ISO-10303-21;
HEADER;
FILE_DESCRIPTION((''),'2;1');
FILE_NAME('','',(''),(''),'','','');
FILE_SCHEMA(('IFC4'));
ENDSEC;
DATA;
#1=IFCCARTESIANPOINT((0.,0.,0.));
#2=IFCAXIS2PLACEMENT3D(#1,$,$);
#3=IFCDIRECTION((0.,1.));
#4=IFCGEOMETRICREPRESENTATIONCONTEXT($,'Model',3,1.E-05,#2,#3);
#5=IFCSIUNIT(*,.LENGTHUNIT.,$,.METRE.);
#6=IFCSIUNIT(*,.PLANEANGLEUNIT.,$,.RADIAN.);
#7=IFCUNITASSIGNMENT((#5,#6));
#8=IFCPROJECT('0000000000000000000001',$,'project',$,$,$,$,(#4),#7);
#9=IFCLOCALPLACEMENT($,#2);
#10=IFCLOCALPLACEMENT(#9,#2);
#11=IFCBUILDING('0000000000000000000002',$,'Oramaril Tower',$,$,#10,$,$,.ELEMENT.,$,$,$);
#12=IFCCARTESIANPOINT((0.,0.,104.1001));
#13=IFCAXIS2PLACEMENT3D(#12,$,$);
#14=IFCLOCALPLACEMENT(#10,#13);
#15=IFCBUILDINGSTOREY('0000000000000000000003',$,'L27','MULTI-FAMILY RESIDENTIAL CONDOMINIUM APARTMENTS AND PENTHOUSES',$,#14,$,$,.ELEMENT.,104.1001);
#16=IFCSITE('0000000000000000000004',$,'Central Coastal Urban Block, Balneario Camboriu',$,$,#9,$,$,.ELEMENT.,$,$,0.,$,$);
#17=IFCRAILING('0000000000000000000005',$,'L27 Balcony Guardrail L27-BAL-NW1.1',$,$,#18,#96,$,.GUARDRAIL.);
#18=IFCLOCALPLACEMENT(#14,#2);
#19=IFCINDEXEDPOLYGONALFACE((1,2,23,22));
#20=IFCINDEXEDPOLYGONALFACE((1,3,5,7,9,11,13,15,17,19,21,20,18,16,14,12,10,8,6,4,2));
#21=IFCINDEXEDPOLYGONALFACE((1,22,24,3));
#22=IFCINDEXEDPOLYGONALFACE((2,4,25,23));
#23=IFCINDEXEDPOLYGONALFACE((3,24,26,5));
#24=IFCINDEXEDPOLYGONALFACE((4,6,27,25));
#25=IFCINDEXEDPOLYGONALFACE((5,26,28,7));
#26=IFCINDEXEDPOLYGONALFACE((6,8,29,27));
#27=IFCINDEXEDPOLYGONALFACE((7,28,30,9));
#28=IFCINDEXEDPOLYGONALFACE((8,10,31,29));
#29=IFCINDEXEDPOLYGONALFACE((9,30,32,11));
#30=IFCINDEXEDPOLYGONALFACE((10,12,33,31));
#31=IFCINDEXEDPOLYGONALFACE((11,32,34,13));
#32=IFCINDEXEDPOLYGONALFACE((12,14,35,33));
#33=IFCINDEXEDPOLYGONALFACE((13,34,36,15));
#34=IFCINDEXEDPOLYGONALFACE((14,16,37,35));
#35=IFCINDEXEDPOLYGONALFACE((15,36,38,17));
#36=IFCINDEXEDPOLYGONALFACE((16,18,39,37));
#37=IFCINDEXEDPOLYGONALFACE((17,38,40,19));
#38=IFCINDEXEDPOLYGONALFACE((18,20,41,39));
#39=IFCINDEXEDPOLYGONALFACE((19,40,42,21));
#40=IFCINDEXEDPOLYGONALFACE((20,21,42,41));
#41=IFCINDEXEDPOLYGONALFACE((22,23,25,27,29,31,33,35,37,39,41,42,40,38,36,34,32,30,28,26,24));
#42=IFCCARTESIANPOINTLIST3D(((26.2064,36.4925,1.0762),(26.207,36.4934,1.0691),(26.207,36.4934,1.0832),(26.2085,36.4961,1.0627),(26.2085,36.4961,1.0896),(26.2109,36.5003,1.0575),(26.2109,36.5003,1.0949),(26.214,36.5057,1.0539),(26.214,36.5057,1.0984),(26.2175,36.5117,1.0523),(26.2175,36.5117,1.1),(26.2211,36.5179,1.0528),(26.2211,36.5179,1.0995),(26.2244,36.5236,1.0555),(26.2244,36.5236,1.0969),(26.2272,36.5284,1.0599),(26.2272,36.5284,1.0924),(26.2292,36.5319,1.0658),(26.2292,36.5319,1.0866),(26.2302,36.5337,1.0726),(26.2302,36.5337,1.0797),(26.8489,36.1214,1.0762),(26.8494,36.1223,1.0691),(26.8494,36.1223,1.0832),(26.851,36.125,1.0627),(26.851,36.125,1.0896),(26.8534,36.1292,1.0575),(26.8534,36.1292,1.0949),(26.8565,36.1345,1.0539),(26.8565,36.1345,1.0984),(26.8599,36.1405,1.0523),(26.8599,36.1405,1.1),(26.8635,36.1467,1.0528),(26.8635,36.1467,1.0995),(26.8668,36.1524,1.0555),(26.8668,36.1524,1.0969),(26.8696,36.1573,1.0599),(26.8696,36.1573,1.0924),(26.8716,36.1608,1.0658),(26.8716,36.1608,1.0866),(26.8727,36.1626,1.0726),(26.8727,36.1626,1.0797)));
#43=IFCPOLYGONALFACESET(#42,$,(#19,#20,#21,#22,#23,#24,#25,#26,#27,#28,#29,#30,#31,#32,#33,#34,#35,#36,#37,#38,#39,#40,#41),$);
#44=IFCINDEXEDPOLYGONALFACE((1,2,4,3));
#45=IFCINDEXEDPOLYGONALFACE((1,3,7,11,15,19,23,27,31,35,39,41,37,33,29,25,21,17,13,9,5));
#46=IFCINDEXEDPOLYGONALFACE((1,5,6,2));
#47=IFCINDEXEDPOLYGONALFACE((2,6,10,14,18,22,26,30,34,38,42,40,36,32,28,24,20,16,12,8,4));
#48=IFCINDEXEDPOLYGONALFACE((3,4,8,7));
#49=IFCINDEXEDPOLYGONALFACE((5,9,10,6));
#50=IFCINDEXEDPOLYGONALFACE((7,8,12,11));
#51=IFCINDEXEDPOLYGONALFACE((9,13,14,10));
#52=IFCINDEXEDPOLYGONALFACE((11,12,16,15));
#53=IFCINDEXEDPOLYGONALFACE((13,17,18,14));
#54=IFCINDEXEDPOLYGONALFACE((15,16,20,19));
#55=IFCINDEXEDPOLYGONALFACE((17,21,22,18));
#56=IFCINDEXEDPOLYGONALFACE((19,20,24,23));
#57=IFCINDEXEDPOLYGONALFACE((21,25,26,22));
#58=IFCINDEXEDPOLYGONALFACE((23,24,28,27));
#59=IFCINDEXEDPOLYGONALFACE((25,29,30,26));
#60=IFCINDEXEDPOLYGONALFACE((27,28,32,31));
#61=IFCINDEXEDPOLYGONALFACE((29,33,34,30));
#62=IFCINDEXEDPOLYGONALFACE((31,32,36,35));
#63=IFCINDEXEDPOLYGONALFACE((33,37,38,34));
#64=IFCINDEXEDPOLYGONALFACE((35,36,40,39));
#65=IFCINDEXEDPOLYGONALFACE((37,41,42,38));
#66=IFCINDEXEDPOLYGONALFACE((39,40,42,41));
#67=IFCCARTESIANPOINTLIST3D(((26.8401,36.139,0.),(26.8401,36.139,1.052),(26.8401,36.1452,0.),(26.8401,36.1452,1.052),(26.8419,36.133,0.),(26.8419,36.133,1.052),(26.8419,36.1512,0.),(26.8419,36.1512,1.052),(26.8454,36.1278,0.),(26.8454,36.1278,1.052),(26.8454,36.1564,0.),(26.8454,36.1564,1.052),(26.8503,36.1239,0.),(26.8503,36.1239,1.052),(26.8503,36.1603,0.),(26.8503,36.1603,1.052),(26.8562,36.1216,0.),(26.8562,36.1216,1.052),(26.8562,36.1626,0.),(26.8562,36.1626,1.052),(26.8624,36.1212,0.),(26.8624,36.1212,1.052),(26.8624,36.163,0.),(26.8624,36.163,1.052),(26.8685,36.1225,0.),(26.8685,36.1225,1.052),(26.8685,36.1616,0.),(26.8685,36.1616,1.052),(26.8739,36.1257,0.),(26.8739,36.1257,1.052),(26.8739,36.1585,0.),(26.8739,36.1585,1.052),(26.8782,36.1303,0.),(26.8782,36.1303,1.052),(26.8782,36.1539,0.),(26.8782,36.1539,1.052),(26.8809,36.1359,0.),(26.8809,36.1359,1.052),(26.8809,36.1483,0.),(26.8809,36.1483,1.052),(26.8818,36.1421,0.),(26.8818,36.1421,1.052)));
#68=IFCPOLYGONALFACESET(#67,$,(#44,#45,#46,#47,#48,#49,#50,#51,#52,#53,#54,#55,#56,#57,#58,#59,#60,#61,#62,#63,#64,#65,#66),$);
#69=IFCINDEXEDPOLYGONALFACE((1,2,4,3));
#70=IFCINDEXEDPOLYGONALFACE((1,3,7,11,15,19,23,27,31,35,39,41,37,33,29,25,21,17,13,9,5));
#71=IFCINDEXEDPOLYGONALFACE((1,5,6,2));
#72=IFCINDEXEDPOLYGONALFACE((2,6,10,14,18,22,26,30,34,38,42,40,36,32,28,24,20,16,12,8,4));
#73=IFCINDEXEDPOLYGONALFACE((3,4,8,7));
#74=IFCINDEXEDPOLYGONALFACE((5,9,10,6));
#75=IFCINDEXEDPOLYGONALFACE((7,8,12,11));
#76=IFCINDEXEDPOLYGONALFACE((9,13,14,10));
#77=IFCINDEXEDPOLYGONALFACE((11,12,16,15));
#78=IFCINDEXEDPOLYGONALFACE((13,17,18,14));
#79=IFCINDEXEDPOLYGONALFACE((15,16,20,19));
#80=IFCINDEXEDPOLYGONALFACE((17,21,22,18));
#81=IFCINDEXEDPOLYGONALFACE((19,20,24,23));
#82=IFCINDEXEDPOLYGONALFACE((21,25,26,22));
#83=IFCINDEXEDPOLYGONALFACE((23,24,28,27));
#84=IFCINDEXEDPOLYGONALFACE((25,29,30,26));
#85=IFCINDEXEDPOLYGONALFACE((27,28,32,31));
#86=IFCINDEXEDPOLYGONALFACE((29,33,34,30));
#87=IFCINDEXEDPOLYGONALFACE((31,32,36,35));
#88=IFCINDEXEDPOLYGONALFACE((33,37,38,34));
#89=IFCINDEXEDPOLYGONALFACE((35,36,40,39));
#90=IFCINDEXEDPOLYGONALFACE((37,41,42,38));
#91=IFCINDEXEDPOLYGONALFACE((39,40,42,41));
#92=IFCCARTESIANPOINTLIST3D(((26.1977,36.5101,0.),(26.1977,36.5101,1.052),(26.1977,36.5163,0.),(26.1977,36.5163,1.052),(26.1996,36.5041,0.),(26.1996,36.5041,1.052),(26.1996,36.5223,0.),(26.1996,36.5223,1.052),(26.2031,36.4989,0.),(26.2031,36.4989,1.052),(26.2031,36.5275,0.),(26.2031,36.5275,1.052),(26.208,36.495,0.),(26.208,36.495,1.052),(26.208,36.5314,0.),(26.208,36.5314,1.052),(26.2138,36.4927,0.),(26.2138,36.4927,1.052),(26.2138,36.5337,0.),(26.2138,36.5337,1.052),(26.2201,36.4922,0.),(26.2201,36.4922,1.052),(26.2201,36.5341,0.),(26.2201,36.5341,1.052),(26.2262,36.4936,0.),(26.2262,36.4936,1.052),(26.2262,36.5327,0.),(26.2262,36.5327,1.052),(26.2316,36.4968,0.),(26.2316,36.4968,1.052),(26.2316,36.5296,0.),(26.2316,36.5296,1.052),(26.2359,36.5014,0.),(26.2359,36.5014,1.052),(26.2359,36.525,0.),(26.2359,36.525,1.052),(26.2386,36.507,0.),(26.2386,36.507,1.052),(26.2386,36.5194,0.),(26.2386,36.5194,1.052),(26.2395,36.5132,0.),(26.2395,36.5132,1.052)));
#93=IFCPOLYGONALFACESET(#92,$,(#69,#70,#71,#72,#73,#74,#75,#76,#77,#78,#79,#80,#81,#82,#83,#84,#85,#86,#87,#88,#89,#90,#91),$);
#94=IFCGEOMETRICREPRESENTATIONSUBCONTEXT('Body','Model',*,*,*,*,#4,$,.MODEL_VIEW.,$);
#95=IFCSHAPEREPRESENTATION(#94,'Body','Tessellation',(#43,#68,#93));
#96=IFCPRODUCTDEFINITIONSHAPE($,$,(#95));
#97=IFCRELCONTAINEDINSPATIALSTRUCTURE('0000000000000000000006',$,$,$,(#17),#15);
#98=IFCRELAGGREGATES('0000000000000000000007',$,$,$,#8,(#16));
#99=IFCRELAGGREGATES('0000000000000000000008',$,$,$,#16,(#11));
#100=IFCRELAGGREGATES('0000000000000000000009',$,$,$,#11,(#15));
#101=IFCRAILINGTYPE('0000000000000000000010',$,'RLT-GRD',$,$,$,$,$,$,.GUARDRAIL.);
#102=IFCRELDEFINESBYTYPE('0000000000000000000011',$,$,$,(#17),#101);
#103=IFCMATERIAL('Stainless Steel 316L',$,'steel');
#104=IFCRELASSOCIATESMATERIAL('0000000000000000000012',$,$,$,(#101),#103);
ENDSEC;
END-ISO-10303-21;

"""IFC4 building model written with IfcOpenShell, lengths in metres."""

from ifc_helpers import new_model, si_unit, direction, frame, origin, origin_2d, place, context, subcontext, project, spatial, circle, extrude, material, type_object, element, save


model = new_model("IFC4")

# Units and contexts
model_context = context("Model", 3, precision=1e-05, world=origin(), true_north=direction((0.0, 1.0)))
body_context = subcontext(model_context, "Body", "Model", "MODEL_VIEW")
ifc_project = project(units=[si_unit("LENGTHUNIT", "METRE"), si_unit("PLANEANGLEUNIT", "RADIAN")], contexts=[model_context])

# Site, building, storey
site_placement = place(None, origin())
site = spatial("IfcSite", under=ifc_project, at=site_placement, Name="Central Coastal Urban Block, Balneario Camboriu", CompositionType="ELEMENT", RefElevation=0.0)
building_placement = place(site_placement, origin())
building = spatial("IfcBuilding", under=site, at=building_placement, Name="Oramaril Tower", CompositionType="ELEMENT")
storey_placement = place(building_placement, frame((0.0, 0.0, 104.1001)))
storey = spatial("IfcBuildingStorey", under=building, at=storey_placement, Name="L27", Description="MULTI-FAMILY RESIDENTIAL CONDOMINIUM APARTMENTS AND PENTHOUSES", CompositionType="ELEMENT", Elevation=104.1001)

# Railing
ifc_material_1 = material(Name="Stainless Steel 316L", Category="steel")
railing_type = type_object("IfcRailingType", Name="RLT-GRD", PredefinedType="GUARDRAIL", material=ifc_material_1)
railing_1_placement = place(storey_placement, frame((26.8608, 36.1421, 0.0)))
element("IfcRailing", 1, at=railing_1_placement, inside=storey, type_object=railing_type, Name="L27 Balcony Guardrail L27-BAL-NW1.1", PredefinedType="GUARDRAIL", context=body_context, shape_type="SweptSolid", body=[
    extrude(circle(Radius=0.0239, at=origin_2d()), frame((0.0, 0.0, 1.0762), z_axis=(-0.865884, 0.500245, 0.0), x_axis=(-0.500245, -0.865884, 0.0)), (0.0, 0.0, 1.0), 0.7419),
    extrude(circle(Radius=0.021, at=origin_2d()), origin(), (0.0, 0.0, 1.0), 1.052),
    extrude(circle(Radius=0.021, at=origin_2d()), frame((-0.6423, 0.3711, 0.0)), (0.0, 0.0, 1.0), 1.052),
])

save(model, "model.ifc")
